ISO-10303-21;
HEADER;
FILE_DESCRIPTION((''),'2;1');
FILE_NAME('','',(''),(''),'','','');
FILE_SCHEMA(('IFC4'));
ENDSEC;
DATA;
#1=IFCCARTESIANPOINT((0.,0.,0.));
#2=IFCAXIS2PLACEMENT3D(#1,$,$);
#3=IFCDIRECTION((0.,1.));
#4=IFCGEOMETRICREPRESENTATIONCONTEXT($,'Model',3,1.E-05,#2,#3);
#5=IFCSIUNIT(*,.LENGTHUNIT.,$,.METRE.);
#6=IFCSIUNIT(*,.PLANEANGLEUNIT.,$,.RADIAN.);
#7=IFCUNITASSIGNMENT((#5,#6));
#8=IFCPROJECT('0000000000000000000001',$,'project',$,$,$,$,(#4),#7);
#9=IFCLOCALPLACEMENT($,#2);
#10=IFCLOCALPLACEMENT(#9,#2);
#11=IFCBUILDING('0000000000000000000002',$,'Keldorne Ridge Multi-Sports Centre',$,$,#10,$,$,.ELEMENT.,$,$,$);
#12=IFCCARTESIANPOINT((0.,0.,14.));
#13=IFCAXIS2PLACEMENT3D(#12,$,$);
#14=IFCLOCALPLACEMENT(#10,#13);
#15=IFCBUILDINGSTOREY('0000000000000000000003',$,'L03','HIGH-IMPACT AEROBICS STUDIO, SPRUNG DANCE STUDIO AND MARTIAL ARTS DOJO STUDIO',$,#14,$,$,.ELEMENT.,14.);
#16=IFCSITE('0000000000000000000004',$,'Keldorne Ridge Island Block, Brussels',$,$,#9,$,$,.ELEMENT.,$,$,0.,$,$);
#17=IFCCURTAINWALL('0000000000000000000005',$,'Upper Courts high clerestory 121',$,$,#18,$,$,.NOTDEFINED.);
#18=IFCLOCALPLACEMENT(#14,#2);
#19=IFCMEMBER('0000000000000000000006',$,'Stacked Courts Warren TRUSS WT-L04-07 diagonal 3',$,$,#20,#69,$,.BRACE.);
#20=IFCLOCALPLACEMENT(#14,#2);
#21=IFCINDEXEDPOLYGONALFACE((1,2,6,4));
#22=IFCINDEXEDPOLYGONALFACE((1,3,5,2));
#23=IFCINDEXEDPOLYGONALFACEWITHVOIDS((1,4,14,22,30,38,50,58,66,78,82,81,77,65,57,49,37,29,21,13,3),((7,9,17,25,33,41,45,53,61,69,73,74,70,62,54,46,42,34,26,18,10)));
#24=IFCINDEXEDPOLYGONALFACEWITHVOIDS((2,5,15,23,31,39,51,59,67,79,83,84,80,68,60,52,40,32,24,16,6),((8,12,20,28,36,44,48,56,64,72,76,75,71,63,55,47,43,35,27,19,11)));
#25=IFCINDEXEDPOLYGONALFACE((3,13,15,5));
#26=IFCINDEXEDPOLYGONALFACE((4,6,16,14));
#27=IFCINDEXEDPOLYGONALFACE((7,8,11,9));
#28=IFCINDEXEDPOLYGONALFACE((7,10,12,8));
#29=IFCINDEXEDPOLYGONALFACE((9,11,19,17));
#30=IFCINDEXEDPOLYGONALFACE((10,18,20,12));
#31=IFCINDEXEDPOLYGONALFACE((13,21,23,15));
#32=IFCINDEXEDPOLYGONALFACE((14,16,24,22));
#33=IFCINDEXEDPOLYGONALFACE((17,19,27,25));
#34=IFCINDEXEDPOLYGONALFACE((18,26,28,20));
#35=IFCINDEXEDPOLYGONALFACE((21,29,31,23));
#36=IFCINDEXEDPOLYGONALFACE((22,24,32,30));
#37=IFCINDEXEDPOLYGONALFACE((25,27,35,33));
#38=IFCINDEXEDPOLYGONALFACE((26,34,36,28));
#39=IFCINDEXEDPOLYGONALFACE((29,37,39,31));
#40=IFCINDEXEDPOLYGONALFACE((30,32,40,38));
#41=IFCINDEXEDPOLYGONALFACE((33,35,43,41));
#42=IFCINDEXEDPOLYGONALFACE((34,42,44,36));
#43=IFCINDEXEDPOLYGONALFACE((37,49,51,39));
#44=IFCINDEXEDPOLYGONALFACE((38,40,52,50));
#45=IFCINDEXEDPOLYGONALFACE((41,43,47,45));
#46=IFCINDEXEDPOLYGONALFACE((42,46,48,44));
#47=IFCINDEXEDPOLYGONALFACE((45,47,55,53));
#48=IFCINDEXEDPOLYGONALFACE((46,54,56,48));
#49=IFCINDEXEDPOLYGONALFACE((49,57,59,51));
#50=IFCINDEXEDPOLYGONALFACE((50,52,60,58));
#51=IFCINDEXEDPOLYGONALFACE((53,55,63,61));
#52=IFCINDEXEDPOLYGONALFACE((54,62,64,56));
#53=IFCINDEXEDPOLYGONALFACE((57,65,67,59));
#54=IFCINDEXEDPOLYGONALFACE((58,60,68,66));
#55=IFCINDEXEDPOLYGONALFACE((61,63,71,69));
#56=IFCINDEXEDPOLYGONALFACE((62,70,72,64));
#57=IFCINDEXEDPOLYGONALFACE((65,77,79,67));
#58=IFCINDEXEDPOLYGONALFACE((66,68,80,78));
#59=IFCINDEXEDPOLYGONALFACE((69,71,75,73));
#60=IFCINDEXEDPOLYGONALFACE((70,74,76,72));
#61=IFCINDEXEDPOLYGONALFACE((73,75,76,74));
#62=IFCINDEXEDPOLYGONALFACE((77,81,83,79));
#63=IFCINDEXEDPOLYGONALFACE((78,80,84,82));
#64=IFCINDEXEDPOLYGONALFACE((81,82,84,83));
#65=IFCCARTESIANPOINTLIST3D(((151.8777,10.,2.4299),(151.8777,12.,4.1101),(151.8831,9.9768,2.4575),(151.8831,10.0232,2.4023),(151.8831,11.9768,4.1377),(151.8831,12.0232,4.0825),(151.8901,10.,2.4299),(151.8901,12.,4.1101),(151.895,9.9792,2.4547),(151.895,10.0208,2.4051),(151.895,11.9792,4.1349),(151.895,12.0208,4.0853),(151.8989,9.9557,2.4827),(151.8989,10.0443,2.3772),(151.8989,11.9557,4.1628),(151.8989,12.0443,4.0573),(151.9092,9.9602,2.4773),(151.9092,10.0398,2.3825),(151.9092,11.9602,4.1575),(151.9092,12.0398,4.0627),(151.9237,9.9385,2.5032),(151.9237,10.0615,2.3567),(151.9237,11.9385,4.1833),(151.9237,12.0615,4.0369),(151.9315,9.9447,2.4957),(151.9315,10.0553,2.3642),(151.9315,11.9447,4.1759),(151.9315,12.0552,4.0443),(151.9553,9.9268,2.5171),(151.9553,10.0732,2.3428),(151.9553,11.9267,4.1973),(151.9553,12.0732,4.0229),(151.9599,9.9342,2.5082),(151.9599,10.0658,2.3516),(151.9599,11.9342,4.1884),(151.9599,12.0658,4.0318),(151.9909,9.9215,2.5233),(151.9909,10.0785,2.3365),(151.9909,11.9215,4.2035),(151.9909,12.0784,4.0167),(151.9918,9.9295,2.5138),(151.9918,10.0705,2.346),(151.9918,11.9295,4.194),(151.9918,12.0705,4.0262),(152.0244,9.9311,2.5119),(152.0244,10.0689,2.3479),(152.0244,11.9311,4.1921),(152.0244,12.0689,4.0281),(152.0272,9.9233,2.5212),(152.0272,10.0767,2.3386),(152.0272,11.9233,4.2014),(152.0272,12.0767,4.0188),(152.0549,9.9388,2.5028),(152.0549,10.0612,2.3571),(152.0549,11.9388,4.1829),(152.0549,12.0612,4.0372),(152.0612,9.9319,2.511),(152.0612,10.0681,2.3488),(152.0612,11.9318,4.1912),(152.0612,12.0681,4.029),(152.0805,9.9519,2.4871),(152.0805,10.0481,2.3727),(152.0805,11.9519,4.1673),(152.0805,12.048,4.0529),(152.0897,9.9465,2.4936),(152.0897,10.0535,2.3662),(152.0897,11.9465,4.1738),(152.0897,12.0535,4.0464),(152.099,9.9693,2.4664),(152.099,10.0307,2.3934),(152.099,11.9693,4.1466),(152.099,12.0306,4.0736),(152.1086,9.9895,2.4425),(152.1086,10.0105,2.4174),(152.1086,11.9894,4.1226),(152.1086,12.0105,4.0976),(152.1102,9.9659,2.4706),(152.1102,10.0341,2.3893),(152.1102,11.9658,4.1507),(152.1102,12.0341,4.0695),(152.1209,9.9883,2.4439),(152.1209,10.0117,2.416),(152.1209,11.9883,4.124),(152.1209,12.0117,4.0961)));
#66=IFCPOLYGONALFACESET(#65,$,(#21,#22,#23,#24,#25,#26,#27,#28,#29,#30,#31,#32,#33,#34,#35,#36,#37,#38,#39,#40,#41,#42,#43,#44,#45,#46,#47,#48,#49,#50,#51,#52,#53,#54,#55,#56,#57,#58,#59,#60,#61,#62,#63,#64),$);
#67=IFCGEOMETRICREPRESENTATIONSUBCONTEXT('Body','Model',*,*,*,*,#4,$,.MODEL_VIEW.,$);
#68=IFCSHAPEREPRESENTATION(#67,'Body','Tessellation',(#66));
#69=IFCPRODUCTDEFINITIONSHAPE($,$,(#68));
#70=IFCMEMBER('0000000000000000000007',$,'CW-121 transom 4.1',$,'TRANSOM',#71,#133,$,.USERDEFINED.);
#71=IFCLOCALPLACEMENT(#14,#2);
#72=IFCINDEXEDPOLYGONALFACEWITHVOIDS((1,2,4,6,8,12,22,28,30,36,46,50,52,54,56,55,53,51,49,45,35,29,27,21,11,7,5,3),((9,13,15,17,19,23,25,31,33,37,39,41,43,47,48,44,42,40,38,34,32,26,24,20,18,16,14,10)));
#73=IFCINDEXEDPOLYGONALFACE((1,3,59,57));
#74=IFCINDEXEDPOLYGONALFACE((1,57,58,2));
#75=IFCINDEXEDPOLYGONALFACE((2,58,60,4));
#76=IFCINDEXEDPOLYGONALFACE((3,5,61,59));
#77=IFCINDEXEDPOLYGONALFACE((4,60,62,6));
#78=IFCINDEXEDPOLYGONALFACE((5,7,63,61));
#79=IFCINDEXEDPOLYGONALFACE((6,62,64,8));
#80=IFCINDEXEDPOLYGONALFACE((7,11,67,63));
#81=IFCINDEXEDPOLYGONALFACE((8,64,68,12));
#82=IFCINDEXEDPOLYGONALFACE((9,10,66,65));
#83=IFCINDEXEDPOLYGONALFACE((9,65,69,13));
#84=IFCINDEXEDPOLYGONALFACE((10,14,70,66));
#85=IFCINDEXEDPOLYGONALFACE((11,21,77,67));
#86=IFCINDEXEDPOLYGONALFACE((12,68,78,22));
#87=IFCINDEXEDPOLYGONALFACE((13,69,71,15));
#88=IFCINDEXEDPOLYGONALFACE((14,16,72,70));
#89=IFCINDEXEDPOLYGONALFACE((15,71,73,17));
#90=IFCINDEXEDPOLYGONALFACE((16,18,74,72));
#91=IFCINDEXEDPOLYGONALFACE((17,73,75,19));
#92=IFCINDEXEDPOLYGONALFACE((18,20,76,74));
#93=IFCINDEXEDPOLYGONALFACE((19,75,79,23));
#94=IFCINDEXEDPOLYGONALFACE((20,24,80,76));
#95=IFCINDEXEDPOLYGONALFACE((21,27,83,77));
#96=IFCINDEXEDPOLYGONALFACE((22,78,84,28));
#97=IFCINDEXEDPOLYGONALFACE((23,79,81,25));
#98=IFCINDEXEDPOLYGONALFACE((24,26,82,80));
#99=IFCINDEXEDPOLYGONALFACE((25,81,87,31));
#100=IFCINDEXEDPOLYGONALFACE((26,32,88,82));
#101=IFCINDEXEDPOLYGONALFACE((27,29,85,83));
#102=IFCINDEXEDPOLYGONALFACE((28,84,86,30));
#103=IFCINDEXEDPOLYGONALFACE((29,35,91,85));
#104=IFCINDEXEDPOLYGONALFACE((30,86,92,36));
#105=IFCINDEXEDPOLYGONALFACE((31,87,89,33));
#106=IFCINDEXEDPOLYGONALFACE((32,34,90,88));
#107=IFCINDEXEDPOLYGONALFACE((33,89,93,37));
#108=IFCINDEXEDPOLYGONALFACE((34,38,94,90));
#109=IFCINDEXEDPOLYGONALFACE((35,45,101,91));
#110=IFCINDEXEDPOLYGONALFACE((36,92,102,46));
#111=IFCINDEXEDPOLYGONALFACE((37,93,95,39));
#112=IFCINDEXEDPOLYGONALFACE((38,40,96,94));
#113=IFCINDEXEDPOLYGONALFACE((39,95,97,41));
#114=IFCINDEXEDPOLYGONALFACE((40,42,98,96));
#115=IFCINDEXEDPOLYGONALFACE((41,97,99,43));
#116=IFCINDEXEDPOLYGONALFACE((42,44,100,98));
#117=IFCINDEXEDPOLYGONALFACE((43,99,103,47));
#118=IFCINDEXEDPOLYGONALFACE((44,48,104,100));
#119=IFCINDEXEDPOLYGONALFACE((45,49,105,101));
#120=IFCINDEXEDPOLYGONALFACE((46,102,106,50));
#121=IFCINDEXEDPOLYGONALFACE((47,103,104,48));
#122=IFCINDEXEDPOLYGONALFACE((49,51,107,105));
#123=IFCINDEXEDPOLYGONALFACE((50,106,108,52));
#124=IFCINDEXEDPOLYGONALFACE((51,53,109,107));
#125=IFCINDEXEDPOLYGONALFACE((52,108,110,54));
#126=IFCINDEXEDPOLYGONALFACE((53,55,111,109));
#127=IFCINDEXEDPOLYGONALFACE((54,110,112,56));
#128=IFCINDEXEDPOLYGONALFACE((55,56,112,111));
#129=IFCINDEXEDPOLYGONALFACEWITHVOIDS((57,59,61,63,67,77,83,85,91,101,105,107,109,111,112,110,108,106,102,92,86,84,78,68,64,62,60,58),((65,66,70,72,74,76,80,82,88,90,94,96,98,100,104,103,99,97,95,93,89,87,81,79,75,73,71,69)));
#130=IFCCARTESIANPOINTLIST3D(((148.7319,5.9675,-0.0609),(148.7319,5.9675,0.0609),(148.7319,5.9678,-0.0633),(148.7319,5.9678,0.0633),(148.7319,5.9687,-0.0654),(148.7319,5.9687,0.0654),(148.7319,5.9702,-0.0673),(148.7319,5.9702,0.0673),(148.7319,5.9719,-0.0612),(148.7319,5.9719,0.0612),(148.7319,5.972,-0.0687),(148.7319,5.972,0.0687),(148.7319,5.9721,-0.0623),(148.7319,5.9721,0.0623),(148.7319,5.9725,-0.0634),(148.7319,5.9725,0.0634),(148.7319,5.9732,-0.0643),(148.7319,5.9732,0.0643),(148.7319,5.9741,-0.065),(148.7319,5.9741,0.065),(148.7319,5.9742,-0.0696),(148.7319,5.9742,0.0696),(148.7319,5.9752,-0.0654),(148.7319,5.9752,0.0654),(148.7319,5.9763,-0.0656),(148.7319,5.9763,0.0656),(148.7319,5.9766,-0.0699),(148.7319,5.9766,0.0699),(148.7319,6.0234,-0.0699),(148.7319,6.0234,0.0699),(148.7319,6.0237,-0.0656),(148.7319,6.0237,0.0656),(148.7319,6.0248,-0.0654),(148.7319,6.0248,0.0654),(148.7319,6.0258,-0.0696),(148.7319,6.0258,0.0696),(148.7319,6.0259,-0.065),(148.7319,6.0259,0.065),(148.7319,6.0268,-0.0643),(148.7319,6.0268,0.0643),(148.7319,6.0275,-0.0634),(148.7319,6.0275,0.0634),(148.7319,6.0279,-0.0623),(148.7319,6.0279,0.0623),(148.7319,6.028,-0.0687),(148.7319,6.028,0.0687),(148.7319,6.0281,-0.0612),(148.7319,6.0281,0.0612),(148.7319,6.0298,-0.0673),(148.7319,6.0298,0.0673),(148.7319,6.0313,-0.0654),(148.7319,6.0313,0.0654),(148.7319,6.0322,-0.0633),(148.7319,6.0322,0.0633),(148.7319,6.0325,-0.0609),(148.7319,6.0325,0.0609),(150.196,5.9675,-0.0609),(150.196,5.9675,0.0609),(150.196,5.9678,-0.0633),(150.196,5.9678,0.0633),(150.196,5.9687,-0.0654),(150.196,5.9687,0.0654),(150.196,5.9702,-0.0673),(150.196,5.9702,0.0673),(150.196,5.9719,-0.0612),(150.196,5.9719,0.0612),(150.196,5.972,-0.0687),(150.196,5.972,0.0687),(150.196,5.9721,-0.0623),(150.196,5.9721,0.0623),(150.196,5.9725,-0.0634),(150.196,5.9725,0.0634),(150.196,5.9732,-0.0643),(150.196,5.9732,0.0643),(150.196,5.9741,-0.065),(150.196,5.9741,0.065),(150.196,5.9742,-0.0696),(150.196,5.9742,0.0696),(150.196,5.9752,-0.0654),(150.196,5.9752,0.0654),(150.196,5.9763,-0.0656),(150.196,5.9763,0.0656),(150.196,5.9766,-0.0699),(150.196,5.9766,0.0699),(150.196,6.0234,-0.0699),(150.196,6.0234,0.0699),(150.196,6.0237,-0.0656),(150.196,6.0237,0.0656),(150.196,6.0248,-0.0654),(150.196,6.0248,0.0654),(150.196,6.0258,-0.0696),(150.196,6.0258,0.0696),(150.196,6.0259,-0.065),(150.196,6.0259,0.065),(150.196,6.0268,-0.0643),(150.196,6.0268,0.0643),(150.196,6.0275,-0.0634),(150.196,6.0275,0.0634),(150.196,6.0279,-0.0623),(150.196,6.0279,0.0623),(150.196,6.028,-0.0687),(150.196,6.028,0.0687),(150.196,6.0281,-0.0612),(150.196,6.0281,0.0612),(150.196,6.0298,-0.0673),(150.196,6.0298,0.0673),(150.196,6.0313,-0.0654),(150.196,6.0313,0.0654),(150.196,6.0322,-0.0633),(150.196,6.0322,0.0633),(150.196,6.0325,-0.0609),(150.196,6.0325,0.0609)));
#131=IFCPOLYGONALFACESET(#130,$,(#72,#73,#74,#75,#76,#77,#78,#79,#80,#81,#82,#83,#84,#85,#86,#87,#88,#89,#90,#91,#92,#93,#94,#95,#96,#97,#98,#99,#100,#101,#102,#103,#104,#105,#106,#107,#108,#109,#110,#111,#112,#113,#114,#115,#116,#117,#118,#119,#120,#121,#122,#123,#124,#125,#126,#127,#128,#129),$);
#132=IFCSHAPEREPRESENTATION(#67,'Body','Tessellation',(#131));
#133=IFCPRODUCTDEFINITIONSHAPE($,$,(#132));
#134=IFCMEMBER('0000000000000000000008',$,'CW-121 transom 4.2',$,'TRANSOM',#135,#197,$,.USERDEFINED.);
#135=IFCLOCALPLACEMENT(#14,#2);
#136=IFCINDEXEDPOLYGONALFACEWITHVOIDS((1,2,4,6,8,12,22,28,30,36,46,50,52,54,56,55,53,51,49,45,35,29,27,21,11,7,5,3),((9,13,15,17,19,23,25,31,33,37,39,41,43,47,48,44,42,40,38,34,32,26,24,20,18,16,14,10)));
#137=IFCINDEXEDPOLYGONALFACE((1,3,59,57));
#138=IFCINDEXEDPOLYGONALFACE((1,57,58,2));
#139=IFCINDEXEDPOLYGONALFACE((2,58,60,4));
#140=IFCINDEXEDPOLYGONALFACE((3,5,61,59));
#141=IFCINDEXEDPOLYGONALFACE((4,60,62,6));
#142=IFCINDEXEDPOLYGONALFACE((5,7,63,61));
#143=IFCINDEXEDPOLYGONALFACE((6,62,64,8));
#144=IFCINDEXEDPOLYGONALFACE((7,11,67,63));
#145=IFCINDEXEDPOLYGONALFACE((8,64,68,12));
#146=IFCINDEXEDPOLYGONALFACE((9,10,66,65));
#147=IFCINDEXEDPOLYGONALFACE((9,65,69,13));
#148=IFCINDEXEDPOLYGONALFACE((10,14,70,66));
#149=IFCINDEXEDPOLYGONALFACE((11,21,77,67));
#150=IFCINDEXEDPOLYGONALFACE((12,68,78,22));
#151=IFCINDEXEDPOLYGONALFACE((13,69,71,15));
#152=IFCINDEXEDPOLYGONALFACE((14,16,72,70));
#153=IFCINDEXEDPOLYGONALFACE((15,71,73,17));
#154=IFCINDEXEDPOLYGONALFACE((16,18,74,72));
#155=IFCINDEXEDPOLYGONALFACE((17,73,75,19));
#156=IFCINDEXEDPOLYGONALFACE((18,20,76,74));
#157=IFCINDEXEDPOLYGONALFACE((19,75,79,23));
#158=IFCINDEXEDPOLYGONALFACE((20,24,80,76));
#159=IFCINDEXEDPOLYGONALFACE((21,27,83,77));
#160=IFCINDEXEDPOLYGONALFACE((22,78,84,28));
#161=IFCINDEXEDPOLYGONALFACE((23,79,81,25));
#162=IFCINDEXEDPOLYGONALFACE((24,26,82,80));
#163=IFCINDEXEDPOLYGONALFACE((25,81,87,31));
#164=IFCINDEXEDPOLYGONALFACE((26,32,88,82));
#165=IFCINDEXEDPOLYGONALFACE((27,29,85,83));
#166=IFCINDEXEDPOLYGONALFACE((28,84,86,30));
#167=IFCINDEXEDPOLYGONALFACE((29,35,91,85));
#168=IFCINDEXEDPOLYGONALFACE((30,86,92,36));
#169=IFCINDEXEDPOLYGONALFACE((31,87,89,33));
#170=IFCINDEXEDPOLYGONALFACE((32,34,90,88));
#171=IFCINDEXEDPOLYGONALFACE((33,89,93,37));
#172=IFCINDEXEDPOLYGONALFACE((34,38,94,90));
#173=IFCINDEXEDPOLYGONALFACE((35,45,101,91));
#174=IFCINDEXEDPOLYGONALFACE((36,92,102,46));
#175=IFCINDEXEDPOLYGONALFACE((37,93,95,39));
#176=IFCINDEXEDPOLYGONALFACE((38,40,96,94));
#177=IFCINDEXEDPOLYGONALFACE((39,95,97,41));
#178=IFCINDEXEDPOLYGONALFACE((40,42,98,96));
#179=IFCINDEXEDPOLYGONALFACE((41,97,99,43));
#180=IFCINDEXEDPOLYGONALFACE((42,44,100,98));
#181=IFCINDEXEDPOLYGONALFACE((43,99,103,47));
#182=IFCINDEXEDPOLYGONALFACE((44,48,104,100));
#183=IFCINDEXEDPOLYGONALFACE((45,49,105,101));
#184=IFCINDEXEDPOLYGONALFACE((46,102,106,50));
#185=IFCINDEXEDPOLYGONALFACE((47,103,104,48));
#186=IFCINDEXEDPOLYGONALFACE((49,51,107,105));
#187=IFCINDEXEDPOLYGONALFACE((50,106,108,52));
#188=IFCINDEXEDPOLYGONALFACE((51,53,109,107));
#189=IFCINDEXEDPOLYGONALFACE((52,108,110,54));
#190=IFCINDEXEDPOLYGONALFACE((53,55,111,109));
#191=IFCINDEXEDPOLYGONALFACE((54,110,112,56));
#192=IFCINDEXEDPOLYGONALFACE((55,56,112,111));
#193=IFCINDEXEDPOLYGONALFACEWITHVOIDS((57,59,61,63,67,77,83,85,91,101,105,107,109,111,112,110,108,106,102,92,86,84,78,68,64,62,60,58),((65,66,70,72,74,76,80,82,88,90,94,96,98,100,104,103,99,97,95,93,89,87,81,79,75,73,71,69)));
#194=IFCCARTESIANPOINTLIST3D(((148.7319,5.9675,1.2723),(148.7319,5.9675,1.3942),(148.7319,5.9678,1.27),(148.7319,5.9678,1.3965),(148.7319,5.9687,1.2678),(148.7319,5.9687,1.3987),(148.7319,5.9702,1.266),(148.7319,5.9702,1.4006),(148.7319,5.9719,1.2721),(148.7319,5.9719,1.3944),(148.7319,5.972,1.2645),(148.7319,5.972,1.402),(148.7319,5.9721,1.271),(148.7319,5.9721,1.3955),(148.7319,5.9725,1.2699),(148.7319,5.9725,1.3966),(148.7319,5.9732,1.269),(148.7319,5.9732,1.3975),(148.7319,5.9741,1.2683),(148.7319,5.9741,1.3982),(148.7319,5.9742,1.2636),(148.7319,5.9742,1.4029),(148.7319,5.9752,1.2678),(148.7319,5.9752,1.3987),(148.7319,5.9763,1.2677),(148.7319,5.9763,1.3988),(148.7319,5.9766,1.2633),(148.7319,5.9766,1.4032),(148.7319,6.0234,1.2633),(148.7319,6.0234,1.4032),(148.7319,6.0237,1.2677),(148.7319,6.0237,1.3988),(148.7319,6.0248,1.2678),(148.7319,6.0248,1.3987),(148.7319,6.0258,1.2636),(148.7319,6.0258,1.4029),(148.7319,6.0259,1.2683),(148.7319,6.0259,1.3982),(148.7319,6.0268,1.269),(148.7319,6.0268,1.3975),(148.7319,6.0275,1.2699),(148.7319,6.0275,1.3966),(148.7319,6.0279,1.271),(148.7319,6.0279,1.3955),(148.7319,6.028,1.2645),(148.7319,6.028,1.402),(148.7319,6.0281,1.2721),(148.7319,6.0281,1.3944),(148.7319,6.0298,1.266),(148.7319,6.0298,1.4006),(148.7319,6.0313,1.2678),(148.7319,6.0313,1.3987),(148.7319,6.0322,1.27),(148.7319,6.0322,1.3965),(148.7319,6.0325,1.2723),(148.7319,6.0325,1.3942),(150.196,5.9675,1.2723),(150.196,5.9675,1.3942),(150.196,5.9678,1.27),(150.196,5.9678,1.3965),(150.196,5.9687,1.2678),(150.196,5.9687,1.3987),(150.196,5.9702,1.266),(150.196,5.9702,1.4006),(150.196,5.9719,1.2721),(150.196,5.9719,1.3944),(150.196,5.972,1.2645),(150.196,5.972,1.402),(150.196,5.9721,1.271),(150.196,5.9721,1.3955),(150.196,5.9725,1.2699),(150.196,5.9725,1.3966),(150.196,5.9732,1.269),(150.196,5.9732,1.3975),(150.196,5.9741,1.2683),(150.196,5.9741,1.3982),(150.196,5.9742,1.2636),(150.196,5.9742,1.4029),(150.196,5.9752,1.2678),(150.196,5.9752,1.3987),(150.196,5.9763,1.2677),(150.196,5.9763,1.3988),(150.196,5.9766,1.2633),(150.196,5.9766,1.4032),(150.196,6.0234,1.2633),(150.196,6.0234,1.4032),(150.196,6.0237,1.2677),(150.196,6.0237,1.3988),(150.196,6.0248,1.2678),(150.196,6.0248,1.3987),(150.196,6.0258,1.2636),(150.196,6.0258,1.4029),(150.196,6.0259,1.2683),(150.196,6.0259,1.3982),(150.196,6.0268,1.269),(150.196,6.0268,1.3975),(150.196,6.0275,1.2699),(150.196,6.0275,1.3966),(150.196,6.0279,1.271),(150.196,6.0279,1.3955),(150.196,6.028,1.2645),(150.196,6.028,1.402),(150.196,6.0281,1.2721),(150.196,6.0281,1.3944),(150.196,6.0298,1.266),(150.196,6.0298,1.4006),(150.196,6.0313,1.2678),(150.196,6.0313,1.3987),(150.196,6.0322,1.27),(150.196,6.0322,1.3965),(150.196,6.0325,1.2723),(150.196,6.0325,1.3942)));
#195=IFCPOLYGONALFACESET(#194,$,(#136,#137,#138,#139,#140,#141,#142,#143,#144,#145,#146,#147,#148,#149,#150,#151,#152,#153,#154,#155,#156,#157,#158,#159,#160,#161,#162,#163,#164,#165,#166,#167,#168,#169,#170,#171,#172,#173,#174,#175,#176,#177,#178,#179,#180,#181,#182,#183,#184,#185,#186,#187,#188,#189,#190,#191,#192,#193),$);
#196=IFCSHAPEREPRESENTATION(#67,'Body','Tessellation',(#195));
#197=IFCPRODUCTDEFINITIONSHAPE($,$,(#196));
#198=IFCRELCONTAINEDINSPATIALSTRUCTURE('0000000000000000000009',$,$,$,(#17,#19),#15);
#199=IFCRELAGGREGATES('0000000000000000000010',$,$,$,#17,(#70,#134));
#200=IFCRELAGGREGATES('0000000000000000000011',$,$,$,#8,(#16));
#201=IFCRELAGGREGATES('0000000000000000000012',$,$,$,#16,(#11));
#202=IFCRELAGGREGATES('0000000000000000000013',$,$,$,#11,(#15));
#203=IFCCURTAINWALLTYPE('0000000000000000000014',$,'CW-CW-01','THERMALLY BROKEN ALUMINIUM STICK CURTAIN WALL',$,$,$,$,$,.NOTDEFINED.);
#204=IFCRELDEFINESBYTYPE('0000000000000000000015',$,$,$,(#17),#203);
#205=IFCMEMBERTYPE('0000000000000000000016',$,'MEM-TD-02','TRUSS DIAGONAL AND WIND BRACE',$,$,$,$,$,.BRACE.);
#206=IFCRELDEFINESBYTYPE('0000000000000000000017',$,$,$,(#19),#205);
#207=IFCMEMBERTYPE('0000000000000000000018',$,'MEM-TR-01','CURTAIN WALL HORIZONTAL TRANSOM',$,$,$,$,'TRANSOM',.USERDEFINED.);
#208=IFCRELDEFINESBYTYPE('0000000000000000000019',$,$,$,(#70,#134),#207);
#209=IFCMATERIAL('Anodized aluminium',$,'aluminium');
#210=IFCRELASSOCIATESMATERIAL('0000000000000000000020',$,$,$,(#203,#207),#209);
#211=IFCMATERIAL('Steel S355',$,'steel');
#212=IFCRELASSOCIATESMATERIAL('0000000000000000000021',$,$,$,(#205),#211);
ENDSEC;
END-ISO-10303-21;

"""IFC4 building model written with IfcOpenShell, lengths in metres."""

from ifc_helpers import new_model, si_unit, direction, frame, origin, origin_2d, place, context, subcontext, project, spatial, hollow_rectangle, hollow_circle, extrude, material, material_profile, profile_set, type_object, element, aggregate, save


model = new_model("IFC4")

# Units and contexts
model_context = context("Model", 3, precision=1e-05, world=origin(), true_north=direction((0.0, 1.0)))
body_context = subcontext(model_context, "Body", "Model", "MODEL_VIEW")
ifc_project = project(units=[si_unit("LENGTHUNIT", "METRE"), si_unit("PLANEANGLEUNIT", "RADIAN")], contexts=[model_context])

# Site, building, storey
site_placement = place(None, origin())
site = spatial("IfcSite", under=ifc_project, at=site_placement, Name="Keldorne Ridge Island Block, Brussels", CompositionType="ELEMENT", RefElevation=0.0)
building_placement = place(site_placement, origin())
building = spatial("IfcBuilding", under=site, at=building_placement, Name="Keldorne Ridge Multi-Sports Centre", CompositionType="ELEMENT")
storey_placement = place(building_placement, frame((0.0, 0.0, 14.0)))
storey = spatial("IfcBuildingStorey", under=building, at=storey_placement, Name="L03", Description="HIGH-IMPACT AEROBICS STUDIO, SPRUNG DANCE STUDIO AND MARTIAL ARTS DOJO STUDIO", CompositionType="ELEMENT", Elevation=14.0)

# Shared definitions
ifc_material_1 = material(Name="Steel S355", Category="steel")

# Curtain wall
ifc_material_2 = material(Name="Anodized aluminium", Category="aluminium")
curtain_wall_type = type_object("IfcCurtainWallType", Name="CW-CW-01", Description="THERMALLY BROKEN ALUMINIUM STICK CURTAIN WALL", PredefinedType="NOTDEFINED", material=ifc_material_2)
curtain_wall_placement = place(storey_placement, origin())
curtain_wall = element("IfcCurtainWall", 1, at=curtain_wall_placement, inside=storey, type_object=curtain_wall_type, Name="Upper Courts high clerestory 121", PredefinedType="NOTDEFINED")

# Member
ifc_material_profile_1 = material_profile(ifc_material_1, hollow_circle(Radius=0.1223, WallThickness=0.0125, at=origin_2d()), Name="CHS 244.5x12.5")
ifc_profile_set_1 = profile_set([ifc_material_profile_1], Name="Steel S355")
member_type_1 = type_object("IfcMemberType", Name="MEM-TD-02", Description="TRUSS DIAGONAL AND WIND BRACE", PredefinedType="BRACE", material=ifc_profile_set_1)
for number, where, z_axis, x_axis, name in (
    (2, (152.0, 10.0, 2.4299), (0.0, 0.765672, 0.643232), (-1.0, 0.0, 0.0), "Stacked Courts Warren TRUSS WT-L04-07 diagonal 3"),
):
    element("IfcMember", number, at=place(storey_placement, frame(where, z_axis=z_axis, x_axis=x_axis)), inside=storey, type_object=member_type_1, Name=name, PredefinedType="BRACE", context=body_context, shape_type="SweptSolid", body=[
        extrude(hollow_circle(Radius=0.1223, WallThickness=0.0125, at=origin_2d()), origin(), (0.0, 0.0, 1.0), 2.6121),
    ])

# Members
ifc_material_profile_2 = material_profile(ifc_material_2, hollow_rectangle(XDim=0.0649, YDim=0.1399, WallThickness=0.0044, InnerFilletRadius=0.0044, OuterFilletRadius=0.009, at=origin_2d()), Name="ALU TRANSOM 140x65x4.5")
ifc_profile_set_2 = profile_set([ifc_material_profile_2], Name="Anodized aluminium")
member_type_2 = type_object("IfcMemberType", Name="MEM-TR-01", Description="CURTAIN WALL HORIZONTAL TRANSOM", ElementType="TRANSOM", PredefinedType="USERDEFINED", material=ifc_profile_set_2)
member_1_placement = place(storey_placement, frame((148.7319, 6.0, 0.0), z_axis=(1.0, 0.0, 0.0), x_axis=(0.0, 1.0, 0.0)))
member_1 = element("IfcMember", 3, at=member_1_placement, type_object=member_type_2, Name="CW-121 transom 4.1", ObjectType="TRANSOM", PredefinedType="USERDEFINED", context=body_context, shape_type="SweptSolid", body=[
    extrude(hollow_rectangle(XDim=0.0649, YDim=0.1399, WallThickness=0.0044, InnerFilletRadius=0.0044, OuterFilletRadius=0.009, at=origin_2d()), origin(), (0.0, 0.0, 1.0), 1.4641),
])
member_2_placement = place(storey_placement, frame((148.7319, 6.0, 1.3333), z_axis=(1.0, 0.0, 0.0), x_axis=(0.0, 1.0, 0.0)))
member_2 = element("IfcMember", 4, at=member_2_placement, type_object=member_type_2, Name="CW-121 transom 4.2", ObjectType="TRANSOM", PredefinedType="USERDEFINED", context=body_context, shape_type="SweptSolid", body=[
    extrude(hollow_rectangle(XDim=0.0649, YDim=0.1399, WallThickness=0.0044, InnerFilletRadius=0.0044, OuterFilletRadius=0.009, at=origin_2d()), origin(), (0.0, 0.0, 1.0), 1.4641),
])

aggregate(curtain_wall, [member_1, member_2])

save(model, "model.ifc")
